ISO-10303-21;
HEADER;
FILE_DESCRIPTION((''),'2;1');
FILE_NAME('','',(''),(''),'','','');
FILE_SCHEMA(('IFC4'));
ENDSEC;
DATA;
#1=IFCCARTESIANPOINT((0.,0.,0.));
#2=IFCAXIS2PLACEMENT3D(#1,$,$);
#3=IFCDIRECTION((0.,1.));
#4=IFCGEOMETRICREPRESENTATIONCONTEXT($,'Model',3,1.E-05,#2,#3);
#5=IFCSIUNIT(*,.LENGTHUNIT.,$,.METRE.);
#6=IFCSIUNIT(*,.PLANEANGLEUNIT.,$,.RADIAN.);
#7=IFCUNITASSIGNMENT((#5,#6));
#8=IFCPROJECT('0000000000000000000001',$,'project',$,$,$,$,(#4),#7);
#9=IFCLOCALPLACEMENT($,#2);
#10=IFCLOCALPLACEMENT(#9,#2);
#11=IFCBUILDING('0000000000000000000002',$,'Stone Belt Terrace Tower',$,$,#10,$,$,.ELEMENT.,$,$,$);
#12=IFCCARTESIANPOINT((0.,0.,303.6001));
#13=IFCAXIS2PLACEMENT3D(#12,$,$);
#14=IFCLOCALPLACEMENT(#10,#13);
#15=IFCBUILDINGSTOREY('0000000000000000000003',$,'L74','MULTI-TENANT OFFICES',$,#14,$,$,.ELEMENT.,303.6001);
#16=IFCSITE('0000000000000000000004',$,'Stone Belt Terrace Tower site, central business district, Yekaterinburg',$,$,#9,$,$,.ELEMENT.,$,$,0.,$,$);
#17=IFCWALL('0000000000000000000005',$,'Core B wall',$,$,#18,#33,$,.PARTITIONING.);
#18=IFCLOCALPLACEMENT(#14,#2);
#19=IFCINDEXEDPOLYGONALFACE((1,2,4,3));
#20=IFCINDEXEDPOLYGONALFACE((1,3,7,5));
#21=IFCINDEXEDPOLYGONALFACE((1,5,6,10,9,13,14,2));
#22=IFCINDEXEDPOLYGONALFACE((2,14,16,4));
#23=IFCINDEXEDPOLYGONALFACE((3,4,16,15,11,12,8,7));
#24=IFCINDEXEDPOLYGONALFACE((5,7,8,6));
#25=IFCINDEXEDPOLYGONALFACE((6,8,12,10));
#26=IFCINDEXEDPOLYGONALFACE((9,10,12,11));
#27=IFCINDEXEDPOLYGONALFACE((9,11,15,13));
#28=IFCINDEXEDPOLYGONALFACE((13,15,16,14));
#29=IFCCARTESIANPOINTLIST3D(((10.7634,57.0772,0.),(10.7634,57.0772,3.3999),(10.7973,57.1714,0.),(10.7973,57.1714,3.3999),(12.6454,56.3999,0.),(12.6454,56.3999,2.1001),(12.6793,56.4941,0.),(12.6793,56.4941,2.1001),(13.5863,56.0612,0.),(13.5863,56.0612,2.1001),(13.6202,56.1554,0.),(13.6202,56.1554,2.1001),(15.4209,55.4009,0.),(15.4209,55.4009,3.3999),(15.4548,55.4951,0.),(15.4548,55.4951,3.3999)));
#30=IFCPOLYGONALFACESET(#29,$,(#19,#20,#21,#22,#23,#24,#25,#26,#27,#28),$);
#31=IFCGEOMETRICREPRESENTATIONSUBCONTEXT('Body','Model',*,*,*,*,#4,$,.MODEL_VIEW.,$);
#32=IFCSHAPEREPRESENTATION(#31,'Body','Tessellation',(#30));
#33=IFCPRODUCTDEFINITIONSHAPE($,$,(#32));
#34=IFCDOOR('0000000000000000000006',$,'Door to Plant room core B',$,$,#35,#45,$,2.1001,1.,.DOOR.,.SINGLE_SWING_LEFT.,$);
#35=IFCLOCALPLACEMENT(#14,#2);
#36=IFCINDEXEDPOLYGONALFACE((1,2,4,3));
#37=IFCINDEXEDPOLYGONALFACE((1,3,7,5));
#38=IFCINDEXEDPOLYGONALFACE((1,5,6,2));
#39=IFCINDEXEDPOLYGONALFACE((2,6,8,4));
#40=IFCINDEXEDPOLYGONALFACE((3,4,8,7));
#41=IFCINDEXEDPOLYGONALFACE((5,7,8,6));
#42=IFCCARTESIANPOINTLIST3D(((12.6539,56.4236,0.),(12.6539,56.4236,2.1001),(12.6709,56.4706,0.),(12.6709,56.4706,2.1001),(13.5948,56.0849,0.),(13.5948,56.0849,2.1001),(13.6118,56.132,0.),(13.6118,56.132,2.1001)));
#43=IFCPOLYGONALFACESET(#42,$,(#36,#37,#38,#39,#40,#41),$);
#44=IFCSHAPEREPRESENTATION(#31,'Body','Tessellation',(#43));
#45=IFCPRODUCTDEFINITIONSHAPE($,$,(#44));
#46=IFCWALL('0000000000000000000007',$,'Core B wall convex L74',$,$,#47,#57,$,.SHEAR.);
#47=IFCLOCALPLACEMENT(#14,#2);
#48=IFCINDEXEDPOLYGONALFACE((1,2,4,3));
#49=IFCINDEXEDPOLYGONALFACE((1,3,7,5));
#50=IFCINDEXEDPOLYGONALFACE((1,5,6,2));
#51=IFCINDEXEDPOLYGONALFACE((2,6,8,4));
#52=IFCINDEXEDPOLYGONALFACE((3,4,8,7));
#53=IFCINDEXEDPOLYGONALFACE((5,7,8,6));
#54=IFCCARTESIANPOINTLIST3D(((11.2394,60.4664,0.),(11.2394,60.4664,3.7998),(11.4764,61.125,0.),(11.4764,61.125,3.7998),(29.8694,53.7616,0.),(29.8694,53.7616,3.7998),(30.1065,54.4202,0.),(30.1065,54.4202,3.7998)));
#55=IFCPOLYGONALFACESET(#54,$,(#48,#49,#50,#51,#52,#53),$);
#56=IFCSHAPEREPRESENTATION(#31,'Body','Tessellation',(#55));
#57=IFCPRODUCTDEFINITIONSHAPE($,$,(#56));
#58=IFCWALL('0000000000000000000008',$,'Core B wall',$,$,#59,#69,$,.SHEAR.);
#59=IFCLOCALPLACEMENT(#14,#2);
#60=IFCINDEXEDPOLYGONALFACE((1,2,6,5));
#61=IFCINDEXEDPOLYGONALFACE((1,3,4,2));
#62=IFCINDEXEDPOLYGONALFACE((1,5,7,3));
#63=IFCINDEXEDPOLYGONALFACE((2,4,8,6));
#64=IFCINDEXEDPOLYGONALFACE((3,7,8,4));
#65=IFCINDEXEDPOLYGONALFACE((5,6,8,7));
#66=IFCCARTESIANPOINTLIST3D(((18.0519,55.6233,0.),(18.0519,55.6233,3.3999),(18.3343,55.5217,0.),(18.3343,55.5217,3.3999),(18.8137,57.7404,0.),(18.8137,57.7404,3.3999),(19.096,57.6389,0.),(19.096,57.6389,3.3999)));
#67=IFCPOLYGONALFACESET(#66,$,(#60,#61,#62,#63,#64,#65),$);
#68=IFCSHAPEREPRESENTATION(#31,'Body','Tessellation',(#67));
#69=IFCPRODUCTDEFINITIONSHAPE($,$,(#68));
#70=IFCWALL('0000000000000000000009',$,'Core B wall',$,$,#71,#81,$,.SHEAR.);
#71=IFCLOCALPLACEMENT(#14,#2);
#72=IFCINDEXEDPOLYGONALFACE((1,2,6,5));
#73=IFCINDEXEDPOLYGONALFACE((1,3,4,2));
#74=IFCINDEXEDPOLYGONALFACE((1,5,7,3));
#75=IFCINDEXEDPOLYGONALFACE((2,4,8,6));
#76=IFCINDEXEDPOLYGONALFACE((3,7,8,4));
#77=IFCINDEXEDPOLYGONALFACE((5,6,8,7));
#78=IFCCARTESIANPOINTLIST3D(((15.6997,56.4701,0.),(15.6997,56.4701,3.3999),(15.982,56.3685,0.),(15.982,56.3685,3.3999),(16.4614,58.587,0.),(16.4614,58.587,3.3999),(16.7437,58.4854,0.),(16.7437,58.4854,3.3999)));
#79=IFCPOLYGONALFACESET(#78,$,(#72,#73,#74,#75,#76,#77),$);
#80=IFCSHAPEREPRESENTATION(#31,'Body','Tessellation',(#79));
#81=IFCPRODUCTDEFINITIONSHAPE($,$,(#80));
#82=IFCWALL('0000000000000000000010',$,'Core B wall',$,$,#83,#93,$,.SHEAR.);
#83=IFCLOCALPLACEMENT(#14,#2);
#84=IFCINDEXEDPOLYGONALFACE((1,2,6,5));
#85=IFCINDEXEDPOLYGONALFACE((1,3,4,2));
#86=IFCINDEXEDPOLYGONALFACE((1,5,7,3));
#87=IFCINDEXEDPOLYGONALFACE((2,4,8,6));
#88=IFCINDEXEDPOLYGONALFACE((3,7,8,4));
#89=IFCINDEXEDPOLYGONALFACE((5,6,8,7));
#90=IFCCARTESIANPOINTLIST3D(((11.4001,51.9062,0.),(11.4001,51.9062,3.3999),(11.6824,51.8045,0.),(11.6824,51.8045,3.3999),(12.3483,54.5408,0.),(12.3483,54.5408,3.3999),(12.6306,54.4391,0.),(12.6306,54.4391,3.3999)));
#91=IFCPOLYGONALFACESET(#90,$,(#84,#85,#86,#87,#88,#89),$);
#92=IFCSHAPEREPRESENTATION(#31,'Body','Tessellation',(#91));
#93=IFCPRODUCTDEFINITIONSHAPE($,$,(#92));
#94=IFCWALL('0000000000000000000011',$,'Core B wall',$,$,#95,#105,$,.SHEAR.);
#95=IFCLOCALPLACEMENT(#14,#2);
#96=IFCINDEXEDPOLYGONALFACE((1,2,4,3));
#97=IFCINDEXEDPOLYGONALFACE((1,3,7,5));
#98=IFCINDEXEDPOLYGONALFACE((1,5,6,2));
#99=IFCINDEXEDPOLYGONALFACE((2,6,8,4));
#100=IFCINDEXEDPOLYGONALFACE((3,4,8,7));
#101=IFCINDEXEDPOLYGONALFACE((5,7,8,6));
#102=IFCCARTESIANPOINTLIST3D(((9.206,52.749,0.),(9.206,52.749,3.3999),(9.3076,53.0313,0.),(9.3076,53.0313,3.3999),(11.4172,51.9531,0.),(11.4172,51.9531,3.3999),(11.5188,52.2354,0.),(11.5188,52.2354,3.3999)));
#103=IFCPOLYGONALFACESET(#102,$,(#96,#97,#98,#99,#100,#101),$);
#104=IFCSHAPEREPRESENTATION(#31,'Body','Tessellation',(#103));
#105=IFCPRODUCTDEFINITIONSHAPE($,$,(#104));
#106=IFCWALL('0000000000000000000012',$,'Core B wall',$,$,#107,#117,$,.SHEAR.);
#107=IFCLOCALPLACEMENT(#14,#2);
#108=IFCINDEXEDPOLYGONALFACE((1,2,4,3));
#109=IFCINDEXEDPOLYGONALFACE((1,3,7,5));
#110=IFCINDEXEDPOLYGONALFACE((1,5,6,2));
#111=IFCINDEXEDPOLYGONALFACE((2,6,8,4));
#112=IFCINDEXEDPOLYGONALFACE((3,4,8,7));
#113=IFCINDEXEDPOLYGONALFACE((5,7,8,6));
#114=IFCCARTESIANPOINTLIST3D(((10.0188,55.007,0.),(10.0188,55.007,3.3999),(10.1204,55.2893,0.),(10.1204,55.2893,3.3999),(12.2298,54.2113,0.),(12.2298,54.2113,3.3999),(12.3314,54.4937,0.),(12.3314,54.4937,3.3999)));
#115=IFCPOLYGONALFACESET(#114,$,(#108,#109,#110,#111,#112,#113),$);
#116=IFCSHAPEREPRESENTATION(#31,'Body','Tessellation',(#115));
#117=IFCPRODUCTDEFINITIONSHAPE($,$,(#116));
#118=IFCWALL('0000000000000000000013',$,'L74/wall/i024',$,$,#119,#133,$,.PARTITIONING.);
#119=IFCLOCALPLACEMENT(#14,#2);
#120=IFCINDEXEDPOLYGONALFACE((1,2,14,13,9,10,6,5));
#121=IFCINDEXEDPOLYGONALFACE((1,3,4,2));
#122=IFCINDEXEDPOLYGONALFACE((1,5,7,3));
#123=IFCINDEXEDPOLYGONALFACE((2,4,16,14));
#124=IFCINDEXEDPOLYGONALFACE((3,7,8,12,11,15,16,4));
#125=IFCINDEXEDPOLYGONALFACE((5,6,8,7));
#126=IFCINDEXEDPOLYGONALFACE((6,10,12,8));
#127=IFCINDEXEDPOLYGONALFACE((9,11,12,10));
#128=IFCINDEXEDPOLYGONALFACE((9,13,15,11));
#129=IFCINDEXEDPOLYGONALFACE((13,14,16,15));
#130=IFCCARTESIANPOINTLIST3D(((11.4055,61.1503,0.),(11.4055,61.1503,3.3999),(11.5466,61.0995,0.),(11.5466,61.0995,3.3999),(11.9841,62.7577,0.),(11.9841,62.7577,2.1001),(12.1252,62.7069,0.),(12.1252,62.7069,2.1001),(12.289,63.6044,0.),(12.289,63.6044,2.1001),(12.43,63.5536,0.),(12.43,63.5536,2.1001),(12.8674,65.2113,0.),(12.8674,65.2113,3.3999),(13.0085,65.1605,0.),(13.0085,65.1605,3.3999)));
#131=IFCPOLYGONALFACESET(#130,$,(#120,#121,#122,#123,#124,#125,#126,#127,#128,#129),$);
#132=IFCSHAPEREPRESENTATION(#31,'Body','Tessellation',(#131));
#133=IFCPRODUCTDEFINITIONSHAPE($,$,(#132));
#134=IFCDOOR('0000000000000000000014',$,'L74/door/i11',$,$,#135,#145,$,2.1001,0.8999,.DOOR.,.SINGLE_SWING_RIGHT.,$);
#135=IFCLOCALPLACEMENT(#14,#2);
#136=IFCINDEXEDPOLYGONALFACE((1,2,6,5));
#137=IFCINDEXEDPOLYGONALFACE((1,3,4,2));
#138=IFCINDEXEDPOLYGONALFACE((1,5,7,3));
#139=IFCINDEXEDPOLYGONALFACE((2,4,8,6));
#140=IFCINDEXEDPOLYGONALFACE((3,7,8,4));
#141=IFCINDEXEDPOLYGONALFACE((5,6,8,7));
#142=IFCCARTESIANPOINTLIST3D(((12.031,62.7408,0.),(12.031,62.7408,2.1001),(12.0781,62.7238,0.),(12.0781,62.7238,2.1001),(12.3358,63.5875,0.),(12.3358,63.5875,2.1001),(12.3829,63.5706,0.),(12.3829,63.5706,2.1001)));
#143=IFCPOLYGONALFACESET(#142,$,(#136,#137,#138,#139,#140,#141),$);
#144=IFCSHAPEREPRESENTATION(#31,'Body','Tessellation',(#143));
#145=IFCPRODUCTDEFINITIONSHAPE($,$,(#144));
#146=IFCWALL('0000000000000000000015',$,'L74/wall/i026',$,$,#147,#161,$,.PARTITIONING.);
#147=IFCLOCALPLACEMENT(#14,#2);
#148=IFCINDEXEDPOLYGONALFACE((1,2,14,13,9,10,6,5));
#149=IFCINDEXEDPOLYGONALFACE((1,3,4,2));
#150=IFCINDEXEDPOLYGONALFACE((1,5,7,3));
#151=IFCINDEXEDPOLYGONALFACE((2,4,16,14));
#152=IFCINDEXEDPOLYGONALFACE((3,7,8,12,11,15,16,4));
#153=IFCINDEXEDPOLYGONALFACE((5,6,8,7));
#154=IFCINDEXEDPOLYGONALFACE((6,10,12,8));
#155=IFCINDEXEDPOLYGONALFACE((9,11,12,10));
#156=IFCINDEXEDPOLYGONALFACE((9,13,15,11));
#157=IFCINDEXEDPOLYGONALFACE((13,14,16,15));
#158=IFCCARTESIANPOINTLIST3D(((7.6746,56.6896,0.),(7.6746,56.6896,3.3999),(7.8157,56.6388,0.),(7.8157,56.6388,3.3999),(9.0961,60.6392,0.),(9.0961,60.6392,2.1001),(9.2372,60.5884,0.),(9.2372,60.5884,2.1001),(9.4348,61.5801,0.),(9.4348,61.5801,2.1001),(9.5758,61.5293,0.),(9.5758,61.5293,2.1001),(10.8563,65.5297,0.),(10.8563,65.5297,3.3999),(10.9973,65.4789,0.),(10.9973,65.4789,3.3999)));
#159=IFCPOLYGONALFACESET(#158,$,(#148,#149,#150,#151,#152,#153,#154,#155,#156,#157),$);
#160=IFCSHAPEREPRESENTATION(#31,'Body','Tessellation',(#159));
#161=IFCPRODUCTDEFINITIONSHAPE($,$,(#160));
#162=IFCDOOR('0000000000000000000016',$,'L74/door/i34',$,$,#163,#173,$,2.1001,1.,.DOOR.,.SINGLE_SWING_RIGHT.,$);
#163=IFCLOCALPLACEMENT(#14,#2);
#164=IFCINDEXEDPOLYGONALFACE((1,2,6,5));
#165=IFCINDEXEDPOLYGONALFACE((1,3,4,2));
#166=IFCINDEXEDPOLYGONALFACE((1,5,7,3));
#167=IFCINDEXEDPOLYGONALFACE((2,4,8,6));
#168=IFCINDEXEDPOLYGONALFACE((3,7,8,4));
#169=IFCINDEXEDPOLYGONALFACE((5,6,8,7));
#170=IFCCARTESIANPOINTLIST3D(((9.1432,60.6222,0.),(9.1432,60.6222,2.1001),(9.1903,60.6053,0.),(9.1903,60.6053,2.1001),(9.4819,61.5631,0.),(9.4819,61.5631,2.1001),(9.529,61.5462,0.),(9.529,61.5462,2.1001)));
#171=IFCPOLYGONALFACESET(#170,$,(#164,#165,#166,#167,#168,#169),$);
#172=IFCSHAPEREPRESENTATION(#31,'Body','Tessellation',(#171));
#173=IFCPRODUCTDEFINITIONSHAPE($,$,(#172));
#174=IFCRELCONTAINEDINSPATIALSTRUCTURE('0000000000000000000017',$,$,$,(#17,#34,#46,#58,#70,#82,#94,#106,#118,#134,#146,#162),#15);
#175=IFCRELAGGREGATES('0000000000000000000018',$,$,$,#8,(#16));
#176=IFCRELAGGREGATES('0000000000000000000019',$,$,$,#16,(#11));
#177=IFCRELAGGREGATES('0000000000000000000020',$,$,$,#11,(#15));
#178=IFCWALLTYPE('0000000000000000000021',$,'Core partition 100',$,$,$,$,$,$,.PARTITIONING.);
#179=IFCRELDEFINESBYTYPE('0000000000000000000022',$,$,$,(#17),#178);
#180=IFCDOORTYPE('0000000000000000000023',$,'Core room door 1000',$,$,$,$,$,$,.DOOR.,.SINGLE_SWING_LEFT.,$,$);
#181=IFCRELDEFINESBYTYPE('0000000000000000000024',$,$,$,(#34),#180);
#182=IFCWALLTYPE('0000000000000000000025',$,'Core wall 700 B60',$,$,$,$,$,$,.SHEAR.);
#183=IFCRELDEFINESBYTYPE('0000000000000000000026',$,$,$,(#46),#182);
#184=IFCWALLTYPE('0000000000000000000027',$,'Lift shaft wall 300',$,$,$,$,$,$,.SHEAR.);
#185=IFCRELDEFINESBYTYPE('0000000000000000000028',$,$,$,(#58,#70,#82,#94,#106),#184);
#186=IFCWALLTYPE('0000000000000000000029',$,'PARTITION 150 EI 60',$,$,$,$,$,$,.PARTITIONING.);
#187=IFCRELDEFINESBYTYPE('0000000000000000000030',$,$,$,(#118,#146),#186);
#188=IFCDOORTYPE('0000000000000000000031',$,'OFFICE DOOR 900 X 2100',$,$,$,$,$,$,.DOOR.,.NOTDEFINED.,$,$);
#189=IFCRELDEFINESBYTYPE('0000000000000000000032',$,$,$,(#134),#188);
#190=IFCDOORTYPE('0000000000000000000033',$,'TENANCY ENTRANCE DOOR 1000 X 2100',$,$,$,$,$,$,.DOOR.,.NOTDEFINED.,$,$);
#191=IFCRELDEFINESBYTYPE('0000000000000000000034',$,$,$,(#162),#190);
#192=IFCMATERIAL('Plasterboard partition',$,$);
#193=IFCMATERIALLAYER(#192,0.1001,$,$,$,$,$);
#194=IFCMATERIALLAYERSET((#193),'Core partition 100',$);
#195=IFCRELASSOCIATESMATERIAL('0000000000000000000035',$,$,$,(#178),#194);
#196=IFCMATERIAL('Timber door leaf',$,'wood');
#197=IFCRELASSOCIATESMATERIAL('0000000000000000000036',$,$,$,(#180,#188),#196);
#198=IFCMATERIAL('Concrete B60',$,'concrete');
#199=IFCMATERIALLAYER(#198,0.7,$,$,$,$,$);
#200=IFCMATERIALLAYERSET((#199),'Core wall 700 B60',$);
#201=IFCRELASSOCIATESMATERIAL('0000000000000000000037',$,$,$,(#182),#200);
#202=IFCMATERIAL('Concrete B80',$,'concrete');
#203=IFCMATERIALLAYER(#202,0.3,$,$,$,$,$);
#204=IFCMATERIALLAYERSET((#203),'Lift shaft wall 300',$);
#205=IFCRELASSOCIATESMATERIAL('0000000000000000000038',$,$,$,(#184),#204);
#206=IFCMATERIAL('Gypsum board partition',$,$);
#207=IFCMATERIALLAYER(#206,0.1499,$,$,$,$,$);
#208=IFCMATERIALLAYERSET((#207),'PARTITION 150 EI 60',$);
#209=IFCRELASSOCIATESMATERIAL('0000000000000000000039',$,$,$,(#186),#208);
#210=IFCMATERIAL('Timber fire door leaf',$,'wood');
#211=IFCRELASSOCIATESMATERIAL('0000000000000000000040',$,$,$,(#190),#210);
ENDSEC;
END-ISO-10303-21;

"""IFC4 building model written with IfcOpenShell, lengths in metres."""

from ifc_helpers import new_model, si_unit, direction, frame, frame_2d, origin, place, context, subcontext, project, spatial, rectangle, extrude, material, layer, layer_set, type_object, element, fill, save


model = new_model("IFC4")

# Units and contexts
model_context = context("Model", 3, precision=1e-05, world=origin(), true_north=direction((0.0, 1.0)))
body_context = subcontext(model_context, "Body", "Model", "MODEL_VIEW")
ifc_project = project(units=[si_unit("LENGTHUNIT", "METRE"), si_unit("PLANEANGLEUNIT", "RADIAN")], contexts=[model_context])

# Site, building, storey
site_placement = place(None, origin())
site = spatial("IfcSite", under=ifc_project, at=site_placement, Name="Stone Belt Terrace Tower site, central business district, Yekaterinburg", CompositionType="ELEMENT", RefElevation=0.0)
building_placement = place(site_placement, origin())
building = spatial("IfcBuilding", under=site, at=building_placement, Name="Stone Belt Terrace Tower", CompositionType="ELEMENT")
storey_placement = place(building_placement, frame((0.0, 0.0, 303.6001)))
storey = spatial("IfcBuildingStorey", under=building, at=storey_placement, Name="L74", Description="MULTI-TENANT OFFICES", CompositionType="ELEMENT", Elevation=303.6001)

# Shared definitions
ifc_material_1 = material(Name="Concrete B60", Category="concrete")

# Shared definitions
ifc_material_2 = material(Name="Plasterboard partition")
ifc_layer_1 = layer(ifc_material_2, 0.1001)
ifc_layer_set_1 = layer_set([ifc_layer_1], Name="Core partition 100")
wall_type_1 = type_object("IfcWallType", Name="Core partition 100", PredefinedType="PARTITIONING", material=ifc_layer_set_1)

# Wall, opening, door
wall_1_placement = place(storey_placement, frame((15.438, 55.448, 0.0), z_axis=(0.0, 0.0, 1.0), x_axis=(-0.940914, 0.338644, 0.0)))
wall_1 = element("IfcWall", 1, at=wall_1_placement, inside=storey, type_object=wall_type_1, Name="Core B wall", PredefinedType="PARTITIONING", context=body_context, shape_type="SweptSolid", body=[
    extrude(rectangle(XDim=4.95, YDim=0.1001, at=frame_2d((2.4751, 0.0))), origin(), (0.0, 0.0, 1.0), 3.3999),
])
opening_1_placement = place(wall_1_placement, frame((1.95, 0.0, 0.0)))
opening_1 = element("IfcOpeningElement", 2, at=opening_1_placement, cuts=wall_1, PredefinedType="OPENING", context=body_context, shape_type="SweptSolid", body=[
    extrude(rectangle(XDim=1.0, YDim=2.1001, at=frame_2d((0.5, 1.05))), frame((0.0, 0.0601, 0.0), z_axis=(0.0, -1.0, 0.0), x_axis=(1.0, 0.0, 0.0)), (0.0, 0.0, 1.0), 0.1201),
])
ifc_material_3 = material(Name="Timber door leaf", Category="wood")
door_type_1 = type_object("IfcDoorType", Name="Core room door 1000", OperationType="SINGLE_SWING_LEFT", PredefinedType="DOOR", material=ifc_material_3)
door_1_placement = place(opening_1_placement, origin())
door_1 = element("IfcDoor", 3, at=door_1_placement, inside=storey, type_object=door_type_1, Name="Door to Plant room core B", OperationType="SINGLE_SWING_LEFT", OverallHeight=2.1001, OverallWidth=1.0, PredefinedType="DOOR", context=body_context, shape_type="SweptSolid", body=[
    extrude(rectangle(XDim=1.0, YDim=2.1001, at=frame_2d((0.5, 1.05))), frame((0.0, 0.0249, 0.0), z_axis=(0.0, -1.0, 0.0), x_axis=(1.0, 0.0, 0.0)), (0.0, 0.0, 1.0), 0.05),
])
fill(opening_1, door_1)

# Walls
ifc_layer_2 = layer(ifc_material_1, 0.7)
ifc_layer_set_2 = layer_set([ifc_layer_2], Name="Core wall 700 B60")
wall_type_2 = type_object("IfcWallType", Name="Core wall 700 B60", PredefinedType="SHEAR", material=ifc_layer_set_2)
wall_2_placement = place(storey_placement, frame((11.3579, 60.7957, 0.0), z_axis=(0.0, 0.0, 1.0), x_axis=(0.94092, -0.33863, 0.0)))
element("IfcWall", 4, at=wall_2_placement, inside=storey, type_object=wall_type_2, Name="Core B wall convex L74", PredefinedType="SHEAR", context=body_context, shape_type="SweptSolid", body=[
    extrude(rectangle(XDim=19.7998, YDim=0.7, at=frame_2d((9.8999, 0.0))), origin(), (0.0, 0.0, 1.0), 3.7998),
])
ifc_material_4 = material(Name="Concrete B80", Category="concrete")
ifc_layer_3 = layer(ifc_material_4, 0.3)
ifc_layer_set_3 = layer_set([ifc_layer_3], Name="Lift shaft wall 300")
wall_type_3 = type_object("IfcWallType", Name="Lift shaft wall 300", PredefinedType="SHEAR", material=ifc_layer_set_3)
wall_3_placement = place(storey_placement, frame((18.1931, 55.5725, 0.0), z_axis=(0.0, 0.0, 1.0), x_axis=(0.338535, 0.940954, 0.0)))
element("IfcWall", 5, at=wall_3_placement, inside=storey, type_object=wall_type_3, Name="Core B wall", PredefinedType="SHEAR", context=body_context, shape_type="SweptSolid", body=[
    extrude(rectangle(XDim=2.25, YDim=0.3, at=frame_2d((1.125, 0.0))), origin(), (0.0, 0.0, 1.0), 3.3999),
])
wall_4_placement = place(storey_placement, frame((15.8408, 56.4192, 0.0), z_axis=(0.0, 0.0, 1.0), x_axis=(0.33857, 0.940941, 0.0)))
element("IfcWall", 6, at=wall_4_placement, inside=storey, type_object=wall_type_3, Name="Core B wall", PredefinedType="SHEAR", context=body_context, shape_type="SweptSolid", body=[
    extrude(rectangle(XDim=2.2498, YDim=0.3, at=frame_2d((1.125, 0.0))), origin(), (0.0, 0.0, 1.0), 3.3999),
])
wall_5_placement = place(storey_placement, frame((11.5413, 51.8555, 0.0), z_axis=(0.0, 0.0, 1.0), x_axis=(0.338661, 0.940909, 0.0)))
element("IfcWall", 7, at=wall_5_placement, inside=storey, type_object=wall_type_3, Name="Core B wall", PredefinedType="SHEAR", context=body_context, shape_type="SweptSolid", body=[
    extrude(rectangle(XDim=2.8, YDim=0.3, at=frame_2d((1.3999, 0.0))), origin(), (0.0, 0.0, 1.0), 3.3999),
])
wall_6_placement = place(storey_placement, frame((11.468, 52.0942, 0.0), z_axis=(0.0, 0.0, 1.0), x_axis=(-0.940905, 0.338672, 0.0)))
element("IfcWall", 8, at=wall_6_placement, inside=storey, type_object=wall_type_3, Name="Core B wall", PredefinedType="SHEAR", context=body_context, shape_type="SweptSolid", body=[
    extrude(rectangle(XDim=2.3501, YDim=0.3, at=frame_2d((1.175, 0.0))), origin(), (0.0, 0.0, 1.0), 3.3999),
])
wall_7_placement = place(storey_placement, frame((12.2805, 54.3525, 0.0), z_axis=(0.0, 0.0, 1.0), x_axis=(-0.940926, 0.338613, 0.0)))
element("IfcWall", 9, at=wall_7_placement, inside=storey, type_object=wall_type_3, Name="Core B wall", PredefinedType="SHEAR", context=body_context, shape_type="SweptSolid", body=[
    extrude(rectangle(XDim=2.3499, YDim=0.3, at=frame_2d((1.1748, 0.0))), origin(), (0.0, 0.0, 1.0), 3.3999),
])

# Walls, openings, doors
ifc_material_5 = material(Name="Gypsum board partition")
ifc_layer_4 = layer(ifc_material_5, 0.1499)
ifc_layer_set_4 = layer_set([ifc_layer_4], Name="PARTITION 150 EI 60")
wall_type_4 = type_object("IfcWallType", Name="PARTITION 150 EI 60", PredefinedType="PARTITIONING", material=ifc_layer_set_4)
wall_8_placement = place(storey_placement, frame((12.938, 65.186, 0.0), z_axis=(0.0, 0.0, 1.0), x_axis=(-0.338707, -0.940892, 0.0)))
wall_8 = element("IfcWall", 10, at=wall_8_placement, inside=storey, type_object=wall_type_4, Name="L74/wall/i024", PredefinedType="PARTITIONING", context=body_context, shape_type="SweptSolid", body=[
    extrude(rectangle(XDim=4.3162, YDim=0.1499, at=frame_2d((2.1582, 0.0))), origin(), (0.0, 0.0, 1.0), 3.3999),
])
opening_2_placement = place(wall_8_placement, frame((1.708, 0.0, 0.0)))
opening_2 = element("IfcOpeningElement", 11, at=opening_2_placement, cuts=wall_8, PredefinedType="OPENING", context=body_context, shape_type="SweptSolid", body=[
    extrude(rectangle(XDim=0.8999, YDim=2.1001, at=frame_2d((0.45, 1.05))), frame((0.0, 0.085, 0.0), z_axis=(0.0, -1.0, 0.0), x_axis=(1.0, 0.0, 0.0)), (0.0, 0.0, 1.0), 0.1699),
])
door_type_2 = type_object("IfcDoorType", Name="OFFICE DOOR 900 X 2100", OperationType="NOTDEFINED", PredefinedType="DOOR", material=ifc_material_3)
door_2_placement = place(opening_2_placement, origin())
door_2 = element("IfcDoor", 12, at=door_2_placement, inside=storey, type_object=door_type_2, Name="L74/door/i11", OperationType="SINGLE_SWING_RIGHT", OverallHeight=2.1001, OverallWidth=0.8999, PredefinedType="DOOR", context=body_context, shape_type="SweptSolid", body=[
    extrude(rectangle(XDim=0.8999, YDim=2.1001, at=frame_2d((0.45, 1.05))), frame((0.0, 0.0249, 0.0), z_axis=(0.0, -1.0, 0.0), x_axis=(1.0, 0.0, 0.0)), (0.0, 0.0, 1.0), 0.05),
])
fill(opening_2, door_2)
wall_9_placement = place(storey_placement, frame((7.7451, 56.6641, 0.0), z_axis=(0.0, 0.0, 1.0), x_axis=(0.338645, 0.940914, 0.0)))
wall_9 = element("IfcWall", 13, at=wall_9_placement, inside=storey, type_object=wall_type_4, Name="L74/wall/i026", PredefinedType="PARTITIONING", context=body_context, shape_type="SweptSolid", body=[
    extrude(rectangle(XDim=9.3953, YDim=0.1499, at=frame_2d((4.6978, 0.0))), origin(), (0.0, 0.0, 1.0), 3.3999),
])
opening_3_placement = place(wall_9_placement, frame((4.1978, 0.0, 0.0)))
opening_3 = element("IfcOpeningElement", 14, at=opening_3_placement, cuts=wall_9, PredefinedType="OPENING", context=body_context, shape_type="SweptSolid", body=[
    extrude(rectangle(XDim=1.0, YDim=2.1001, at=frame_2d((0.5, 1.05))), frame((0.0, 0.085, 0.0), z_axis=(0.0, -1.0, 0.0), x_axis=(1.0, 0.0, 0.0)), (0.0, 0.0, 1.0), 0.1699),
])
ifc_material_6 = material(Name="Timber fire door leaf", Category="wood")
door_type_3 = type_object("IfcDoorType", Name="TENANCY ENTRANCE DOOR 1000 X 2100", OperationType="NOTDEFINED", PredefinedType="DOOR", material=ifc_material_6)
door_3_placement = place(opening_3_placement, origin())
door_3 = element("IfcDoor", 15, at=door_3_placement, inside=storey, type_object=door_type_3, Name="L74/door/i34", OperationType="SINGLE_SWING_RIGHT", OverallHeight=2.1001, OverallWidth=1.0, PredefinedType="DOOR", context=body_context, shape_type="SweptSolid", body=[
    extrude(rectangle(XDim=1.0, YDim=2.1001, at=frame_2d((0.5, 1.05))), frame((0.0, 0.0249, 0.0), z_axis=(0.0, -1.0, 0.0), x_axis=(1.0, 0.0, 0.0)), (0.0, 0.0, 1.0), 0.05),
])
fill(opening_3, door_3)

save(model, "model.ifc")
